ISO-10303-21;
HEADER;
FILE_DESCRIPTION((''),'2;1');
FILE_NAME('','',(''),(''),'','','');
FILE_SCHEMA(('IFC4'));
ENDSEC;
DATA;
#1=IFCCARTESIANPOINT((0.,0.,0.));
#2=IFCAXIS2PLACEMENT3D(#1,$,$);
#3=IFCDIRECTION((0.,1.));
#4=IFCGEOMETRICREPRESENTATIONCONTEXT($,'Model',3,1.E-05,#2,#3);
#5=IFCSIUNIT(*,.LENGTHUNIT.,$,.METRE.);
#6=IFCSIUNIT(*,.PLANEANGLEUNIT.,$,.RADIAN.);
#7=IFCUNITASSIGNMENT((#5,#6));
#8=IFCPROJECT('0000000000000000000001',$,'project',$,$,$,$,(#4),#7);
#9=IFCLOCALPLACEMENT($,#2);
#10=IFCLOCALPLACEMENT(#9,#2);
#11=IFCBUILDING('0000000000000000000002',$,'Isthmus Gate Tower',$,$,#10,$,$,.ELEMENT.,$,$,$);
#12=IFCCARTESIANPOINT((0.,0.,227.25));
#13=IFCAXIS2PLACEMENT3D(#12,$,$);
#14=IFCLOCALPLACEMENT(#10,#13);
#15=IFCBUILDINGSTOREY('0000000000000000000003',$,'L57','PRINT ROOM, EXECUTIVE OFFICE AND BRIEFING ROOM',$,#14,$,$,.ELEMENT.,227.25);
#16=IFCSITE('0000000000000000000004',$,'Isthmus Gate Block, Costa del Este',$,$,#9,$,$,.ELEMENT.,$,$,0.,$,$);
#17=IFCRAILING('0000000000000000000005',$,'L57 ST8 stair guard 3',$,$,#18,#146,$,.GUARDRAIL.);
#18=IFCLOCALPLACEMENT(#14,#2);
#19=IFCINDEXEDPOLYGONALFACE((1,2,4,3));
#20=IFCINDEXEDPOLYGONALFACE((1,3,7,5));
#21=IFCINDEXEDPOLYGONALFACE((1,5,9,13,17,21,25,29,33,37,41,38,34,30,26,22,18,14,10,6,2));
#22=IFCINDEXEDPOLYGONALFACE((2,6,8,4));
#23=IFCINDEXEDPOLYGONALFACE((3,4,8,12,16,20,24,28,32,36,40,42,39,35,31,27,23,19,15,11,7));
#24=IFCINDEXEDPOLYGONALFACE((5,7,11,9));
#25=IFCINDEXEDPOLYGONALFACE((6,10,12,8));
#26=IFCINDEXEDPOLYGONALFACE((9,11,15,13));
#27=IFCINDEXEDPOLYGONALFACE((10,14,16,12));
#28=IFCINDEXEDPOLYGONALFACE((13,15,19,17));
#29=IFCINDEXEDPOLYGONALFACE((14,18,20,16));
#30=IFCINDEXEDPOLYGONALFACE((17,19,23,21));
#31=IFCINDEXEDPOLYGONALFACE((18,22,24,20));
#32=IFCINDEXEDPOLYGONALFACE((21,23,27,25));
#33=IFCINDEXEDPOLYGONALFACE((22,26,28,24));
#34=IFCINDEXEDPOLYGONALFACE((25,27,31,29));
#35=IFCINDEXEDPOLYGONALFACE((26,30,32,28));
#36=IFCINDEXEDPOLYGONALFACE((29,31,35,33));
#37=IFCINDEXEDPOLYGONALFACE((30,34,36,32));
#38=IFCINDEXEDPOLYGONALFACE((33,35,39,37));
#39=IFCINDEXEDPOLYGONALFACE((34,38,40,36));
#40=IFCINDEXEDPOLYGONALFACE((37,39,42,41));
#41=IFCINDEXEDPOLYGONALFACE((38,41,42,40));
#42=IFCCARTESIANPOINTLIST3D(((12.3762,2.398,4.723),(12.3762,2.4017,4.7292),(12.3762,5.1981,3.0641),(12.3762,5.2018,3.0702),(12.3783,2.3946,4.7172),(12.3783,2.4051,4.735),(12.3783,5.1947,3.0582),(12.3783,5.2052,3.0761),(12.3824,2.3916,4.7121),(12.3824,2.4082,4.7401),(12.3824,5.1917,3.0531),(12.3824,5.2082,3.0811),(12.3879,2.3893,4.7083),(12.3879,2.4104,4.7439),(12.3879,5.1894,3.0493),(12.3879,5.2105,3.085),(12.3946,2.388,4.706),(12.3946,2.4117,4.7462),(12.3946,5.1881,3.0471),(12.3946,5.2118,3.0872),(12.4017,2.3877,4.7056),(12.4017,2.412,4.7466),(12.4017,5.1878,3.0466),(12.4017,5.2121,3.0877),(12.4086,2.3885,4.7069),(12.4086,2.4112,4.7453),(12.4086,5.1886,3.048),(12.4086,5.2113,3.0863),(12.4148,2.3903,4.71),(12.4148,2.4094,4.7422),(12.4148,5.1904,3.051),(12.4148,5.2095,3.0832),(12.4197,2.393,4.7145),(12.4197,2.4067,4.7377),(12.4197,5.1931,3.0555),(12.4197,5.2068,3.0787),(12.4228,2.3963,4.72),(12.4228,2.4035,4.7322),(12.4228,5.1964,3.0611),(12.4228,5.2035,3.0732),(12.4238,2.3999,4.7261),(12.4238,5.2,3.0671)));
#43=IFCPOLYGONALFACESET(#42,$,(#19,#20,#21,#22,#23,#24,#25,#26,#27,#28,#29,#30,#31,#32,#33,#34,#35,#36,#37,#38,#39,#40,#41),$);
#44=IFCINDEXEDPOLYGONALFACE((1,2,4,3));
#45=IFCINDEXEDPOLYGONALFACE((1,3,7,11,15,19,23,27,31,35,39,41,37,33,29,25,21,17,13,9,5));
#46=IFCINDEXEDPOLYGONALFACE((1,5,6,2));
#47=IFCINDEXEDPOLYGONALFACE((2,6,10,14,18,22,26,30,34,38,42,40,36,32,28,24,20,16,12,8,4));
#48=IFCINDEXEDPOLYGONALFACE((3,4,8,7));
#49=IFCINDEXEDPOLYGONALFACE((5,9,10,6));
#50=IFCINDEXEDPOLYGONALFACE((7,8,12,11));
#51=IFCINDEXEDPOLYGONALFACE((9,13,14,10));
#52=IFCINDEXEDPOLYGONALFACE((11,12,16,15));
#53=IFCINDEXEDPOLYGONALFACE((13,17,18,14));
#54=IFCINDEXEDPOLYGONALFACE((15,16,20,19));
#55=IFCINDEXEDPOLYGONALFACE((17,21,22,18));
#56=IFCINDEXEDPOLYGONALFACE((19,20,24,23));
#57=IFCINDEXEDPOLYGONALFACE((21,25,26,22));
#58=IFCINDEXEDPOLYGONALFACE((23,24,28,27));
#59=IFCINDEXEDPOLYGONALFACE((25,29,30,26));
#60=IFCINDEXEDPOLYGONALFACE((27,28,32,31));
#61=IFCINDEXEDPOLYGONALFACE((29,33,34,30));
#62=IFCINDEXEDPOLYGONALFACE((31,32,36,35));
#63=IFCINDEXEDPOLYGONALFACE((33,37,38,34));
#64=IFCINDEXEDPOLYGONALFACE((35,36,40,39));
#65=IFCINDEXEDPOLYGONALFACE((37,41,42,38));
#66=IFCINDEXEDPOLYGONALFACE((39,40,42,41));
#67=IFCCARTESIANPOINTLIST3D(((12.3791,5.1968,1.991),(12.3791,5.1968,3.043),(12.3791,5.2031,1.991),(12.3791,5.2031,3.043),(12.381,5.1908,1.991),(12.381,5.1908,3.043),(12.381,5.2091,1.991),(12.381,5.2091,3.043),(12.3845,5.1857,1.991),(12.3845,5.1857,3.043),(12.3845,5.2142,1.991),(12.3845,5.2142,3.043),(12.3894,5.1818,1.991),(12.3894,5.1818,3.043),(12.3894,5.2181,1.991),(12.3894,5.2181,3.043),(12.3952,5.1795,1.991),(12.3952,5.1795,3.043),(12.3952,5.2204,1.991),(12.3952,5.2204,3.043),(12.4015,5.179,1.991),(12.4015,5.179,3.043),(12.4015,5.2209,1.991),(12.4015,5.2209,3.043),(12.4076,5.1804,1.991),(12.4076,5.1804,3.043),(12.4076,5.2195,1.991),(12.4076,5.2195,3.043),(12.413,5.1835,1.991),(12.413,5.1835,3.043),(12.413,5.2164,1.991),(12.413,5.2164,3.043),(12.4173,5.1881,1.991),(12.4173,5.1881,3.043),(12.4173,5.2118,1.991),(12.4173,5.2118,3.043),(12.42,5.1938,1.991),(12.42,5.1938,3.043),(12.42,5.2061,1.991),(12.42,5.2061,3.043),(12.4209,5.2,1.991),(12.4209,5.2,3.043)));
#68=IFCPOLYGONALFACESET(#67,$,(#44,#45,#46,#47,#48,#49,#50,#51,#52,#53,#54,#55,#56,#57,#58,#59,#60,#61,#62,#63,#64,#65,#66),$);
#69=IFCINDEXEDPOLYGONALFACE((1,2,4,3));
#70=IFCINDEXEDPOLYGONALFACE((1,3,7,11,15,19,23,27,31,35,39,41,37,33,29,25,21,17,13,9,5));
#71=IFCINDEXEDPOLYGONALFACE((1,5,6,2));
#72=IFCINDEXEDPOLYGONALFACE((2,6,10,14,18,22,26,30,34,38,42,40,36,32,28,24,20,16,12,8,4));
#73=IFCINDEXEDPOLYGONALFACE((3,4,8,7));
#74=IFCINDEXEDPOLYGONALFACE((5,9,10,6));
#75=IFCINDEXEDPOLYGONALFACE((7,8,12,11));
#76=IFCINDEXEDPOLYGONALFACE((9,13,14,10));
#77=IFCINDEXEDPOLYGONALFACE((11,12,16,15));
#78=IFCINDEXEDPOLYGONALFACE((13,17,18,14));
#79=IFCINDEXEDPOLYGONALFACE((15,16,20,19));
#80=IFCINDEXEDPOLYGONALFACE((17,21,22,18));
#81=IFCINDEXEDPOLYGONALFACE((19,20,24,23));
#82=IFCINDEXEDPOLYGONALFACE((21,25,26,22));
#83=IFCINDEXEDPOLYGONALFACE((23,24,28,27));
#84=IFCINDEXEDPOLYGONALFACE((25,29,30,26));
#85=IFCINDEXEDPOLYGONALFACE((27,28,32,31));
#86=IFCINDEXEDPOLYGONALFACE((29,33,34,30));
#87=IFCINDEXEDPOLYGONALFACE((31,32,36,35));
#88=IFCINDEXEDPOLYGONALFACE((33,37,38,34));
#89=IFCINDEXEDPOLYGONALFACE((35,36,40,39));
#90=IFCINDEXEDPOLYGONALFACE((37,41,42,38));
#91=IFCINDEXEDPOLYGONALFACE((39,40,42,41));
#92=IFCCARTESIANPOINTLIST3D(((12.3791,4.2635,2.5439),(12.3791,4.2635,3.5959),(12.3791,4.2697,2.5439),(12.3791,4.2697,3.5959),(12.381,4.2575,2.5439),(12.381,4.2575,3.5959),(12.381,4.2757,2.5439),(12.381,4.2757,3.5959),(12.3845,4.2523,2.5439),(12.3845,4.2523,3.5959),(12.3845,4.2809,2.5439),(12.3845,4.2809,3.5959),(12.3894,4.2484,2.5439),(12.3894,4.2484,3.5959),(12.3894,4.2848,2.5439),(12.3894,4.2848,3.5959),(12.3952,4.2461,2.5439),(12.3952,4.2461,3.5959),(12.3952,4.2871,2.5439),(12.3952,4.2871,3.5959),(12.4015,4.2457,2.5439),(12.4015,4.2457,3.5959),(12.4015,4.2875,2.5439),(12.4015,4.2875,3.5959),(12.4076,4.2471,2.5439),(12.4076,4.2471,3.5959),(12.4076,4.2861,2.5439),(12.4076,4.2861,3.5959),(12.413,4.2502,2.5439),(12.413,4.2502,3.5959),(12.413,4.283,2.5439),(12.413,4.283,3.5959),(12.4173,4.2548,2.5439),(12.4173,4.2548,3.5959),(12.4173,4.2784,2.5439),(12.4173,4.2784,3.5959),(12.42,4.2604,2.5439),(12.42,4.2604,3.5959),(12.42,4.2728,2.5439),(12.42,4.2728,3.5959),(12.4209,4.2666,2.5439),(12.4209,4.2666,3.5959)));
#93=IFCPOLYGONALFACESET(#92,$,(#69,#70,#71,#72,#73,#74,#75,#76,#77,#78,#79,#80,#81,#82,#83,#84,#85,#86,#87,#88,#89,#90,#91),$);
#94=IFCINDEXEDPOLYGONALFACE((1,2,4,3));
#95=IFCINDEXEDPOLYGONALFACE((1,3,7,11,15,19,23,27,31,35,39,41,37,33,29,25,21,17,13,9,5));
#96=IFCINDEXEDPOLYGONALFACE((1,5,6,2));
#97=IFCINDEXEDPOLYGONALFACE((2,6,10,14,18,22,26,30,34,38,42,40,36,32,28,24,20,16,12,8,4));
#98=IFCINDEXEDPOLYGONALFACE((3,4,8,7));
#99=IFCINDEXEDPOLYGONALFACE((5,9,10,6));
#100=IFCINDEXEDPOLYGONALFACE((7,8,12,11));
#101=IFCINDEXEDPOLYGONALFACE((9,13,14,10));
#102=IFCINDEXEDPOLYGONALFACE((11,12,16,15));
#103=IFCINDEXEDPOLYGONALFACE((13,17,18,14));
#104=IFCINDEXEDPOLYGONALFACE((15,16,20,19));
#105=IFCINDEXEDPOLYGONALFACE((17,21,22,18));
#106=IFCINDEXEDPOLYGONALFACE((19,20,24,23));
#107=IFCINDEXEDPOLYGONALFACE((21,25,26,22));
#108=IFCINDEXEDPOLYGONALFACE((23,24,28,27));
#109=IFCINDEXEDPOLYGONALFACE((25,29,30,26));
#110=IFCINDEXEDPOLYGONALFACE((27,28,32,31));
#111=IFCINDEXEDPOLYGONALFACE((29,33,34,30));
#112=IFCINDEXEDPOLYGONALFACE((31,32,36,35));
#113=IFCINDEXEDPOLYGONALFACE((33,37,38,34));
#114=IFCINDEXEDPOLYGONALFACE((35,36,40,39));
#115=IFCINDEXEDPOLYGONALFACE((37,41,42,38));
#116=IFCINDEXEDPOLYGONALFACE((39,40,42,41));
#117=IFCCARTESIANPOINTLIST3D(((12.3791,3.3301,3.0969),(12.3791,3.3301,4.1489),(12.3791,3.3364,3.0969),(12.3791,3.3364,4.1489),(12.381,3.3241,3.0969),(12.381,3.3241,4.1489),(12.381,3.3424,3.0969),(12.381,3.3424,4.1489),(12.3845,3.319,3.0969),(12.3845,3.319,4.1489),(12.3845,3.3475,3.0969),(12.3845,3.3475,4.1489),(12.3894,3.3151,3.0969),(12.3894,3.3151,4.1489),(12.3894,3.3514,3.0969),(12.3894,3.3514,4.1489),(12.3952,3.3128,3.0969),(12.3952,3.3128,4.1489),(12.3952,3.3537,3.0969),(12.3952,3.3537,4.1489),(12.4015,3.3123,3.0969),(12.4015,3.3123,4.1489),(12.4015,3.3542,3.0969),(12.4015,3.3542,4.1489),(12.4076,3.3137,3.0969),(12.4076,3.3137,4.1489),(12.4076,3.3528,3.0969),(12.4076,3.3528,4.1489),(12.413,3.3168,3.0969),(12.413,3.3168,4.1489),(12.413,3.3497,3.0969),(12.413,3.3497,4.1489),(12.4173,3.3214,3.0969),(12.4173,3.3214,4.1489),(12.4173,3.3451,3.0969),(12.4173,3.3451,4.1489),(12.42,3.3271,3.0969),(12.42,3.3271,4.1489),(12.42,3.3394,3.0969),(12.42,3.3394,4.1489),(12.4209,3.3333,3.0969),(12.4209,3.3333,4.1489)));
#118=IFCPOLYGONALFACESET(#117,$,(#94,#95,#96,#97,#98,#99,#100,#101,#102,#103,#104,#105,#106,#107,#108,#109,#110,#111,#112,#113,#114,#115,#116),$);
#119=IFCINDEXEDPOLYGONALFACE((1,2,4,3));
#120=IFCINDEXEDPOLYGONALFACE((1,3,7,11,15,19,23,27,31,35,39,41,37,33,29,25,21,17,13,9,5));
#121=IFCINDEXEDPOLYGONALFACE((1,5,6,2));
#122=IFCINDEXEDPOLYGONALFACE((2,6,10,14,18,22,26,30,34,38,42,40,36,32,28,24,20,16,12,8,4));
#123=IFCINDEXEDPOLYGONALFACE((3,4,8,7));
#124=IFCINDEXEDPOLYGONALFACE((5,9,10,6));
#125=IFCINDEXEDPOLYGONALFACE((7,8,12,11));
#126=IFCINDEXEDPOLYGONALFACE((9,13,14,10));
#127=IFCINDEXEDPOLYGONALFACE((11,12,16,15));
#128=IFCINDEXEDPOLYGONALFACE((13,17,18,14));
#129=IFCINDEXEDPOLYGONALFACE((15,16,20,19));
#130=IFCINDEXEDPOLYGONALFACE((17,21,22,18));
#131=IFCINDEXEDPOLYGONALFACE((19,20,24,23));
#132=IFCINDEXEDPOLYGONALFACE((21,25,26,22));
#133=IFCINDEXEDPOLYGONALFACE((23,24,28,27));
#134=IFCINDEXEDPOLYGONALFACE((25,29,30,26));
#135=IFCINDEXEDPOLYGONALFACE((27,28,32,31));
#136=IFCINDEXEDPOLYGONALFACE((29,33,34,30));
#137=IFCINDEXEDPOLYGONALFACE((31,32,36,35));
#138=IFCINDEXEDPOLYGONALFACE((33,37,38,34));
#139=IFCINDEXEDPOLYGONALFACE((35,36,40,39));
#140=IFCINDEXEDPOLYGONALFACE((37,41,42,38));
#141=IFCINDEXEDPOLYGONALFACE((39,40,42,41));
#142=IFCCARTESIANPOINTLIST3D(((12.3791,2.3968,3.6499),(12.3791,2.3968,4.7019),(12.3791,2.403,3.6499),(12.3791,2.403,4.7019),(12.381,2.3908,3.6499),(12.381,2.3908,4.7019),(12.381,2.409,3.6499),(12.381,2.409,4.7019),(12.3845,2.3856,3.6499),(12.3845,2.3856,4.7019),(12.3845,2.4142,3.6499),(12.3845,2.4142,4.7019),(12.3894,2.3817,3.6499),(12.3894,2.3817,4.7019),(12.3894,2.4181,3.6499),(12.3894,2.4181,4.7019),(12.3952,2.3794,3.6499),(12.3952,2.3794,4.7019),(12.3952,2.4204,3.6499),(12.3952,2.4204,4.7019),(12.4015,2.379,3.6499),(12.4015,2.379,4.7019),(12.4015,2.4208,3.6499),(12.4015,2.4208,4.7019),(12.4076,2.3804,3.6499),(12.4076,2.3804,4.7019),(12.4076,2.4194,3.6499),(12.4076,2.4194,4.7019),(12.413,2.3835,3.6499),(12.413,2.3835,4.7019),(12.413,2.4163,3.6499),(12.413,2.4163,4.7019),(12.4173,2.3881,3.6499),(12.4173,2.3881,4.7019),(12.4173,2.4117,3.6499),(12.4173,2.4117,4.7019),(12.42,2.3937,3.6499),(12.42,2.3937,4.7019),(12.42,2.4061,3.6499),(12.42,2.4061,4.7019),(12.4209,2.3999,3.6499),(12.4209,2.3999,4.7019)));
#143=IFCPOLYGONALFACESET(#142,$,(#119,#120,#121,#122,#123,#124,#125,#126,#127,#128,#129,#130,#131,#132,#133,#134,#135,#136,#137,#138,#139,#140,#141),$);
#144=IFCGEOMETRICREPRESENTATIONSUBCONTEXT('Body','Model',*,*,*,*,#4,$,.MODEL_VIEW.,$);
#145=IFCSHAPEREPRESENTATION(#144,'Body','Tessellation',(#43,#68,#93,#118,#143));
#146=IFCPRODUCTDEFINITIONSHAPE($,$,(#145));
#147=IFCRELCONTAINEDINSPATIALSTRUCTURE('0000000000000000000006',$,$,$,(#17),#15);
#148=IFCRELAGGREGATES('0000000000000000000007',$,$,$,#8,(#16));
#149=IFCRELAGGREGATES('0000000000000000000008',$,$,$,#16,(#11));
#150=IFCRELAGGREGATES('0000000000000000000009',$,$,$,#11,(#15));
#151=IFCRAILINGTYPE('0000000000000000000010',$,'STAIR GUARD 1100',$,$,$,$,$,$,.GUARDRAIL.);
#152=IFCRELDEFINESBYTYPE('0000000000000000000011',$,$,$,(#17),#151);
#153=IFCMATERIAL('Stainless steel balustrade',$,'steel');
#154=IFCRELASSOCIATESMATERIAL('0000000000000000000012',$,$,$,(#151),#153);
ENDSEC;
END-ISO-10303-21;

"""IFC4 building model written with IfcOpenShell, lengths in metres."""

from ifc_helpers import new_model, si_unit, direction, frame, origin, origin_2d, place, context, subcontext, project, spatial, circle, extrude, material, type_object, element, save


model = new_model("IFC4")

# Units and contexts
model_context = context("Model", 3, precision=1e-05, world=origin(), true_north=direction((0.0, 1.0)))
body_context = subcontext(model_context, "Body", "Model", "MODEL_VIEW")
ifc_project = project(units=[si_unit("LENGTHUNIT", "METRE"), si_unit("PLANEANGLEUNIT", "RADIAN")], contexts=[model_context])

# Site, building, storey
site_placement = place(None, origin())
site = spatial("IfcSite", under=ifc_project, at=site_placement, Name="Isthmus Gate Block, Costa del Este", CompositionType="ELEMENT", RefElevation=0.0)
building_placement = place(site_placement, origin())
building = spatial("IfcBuilding", under=site, at=building_placement, Name="Isthmus Gate Tower", CompositionType="ELEMENT")
storey_placement = place(building_placement, frame((0.0, 0.0, 227.25)))
storey = spatial("IfcBuildingStorey", under=building, at=storey_placement, Name="L57", Description="PRINT ROOM, EXECUTIVE OFFICE AND BRIEFING ROOM", CompositionType="ELEMENT", Elevation=227.25)

# Railing
ifc_material_1 = material(Name="Stainless steel balustrade", Category="steel")
railing_type_1 = type_object("IfcRailingType", Name="STAIR GUARD 1100", PredefinedType="GUARDRAIL", material=ifc_material_1)
railing_1_placement = place(storey_placement, frame((12.3999, 5.2, 1.991)))
element("IfcRailing", 1, at=railing_1_placement, inside=storey, type_object=railing_type_1, Name="L57 ST8 stair guard 3", PredefinedType="GUARDRAIL", context=body_context, shape_type="SweptSolid", body=[
    extrude(circle(Radius=0.0239, at=origin_2d()), frame((0.0, 0.0, 1.0762), z_axis=(0.0, -0.860339, 0.509722), x_axis=(1.0, 0.0, 0.0)), (0.0, 0.0, 1.0), 3.2546),
    extrude(circle(Radius=0.021, at=origin_2d()), origin(), (0.0, 0.0, 1.0), 1.052),
    extrude(circle(Radius=0.021, at=origin_2d()), frame((0.0, -0.9333, 0.553)), (0.0, 0.0, 1.0), 1.052),
    extrude(circle(Radius=0.021, at=origin_2d()), frame((0.0, -1.8667, 1.106)), (0.0, 0.0, 1.0), 1.052),
    extrude(circle(Radius=0.021, at=origin_2d()), frame((0.0, -2.8, 1.6589)), (0.0, 0.0, 1.0), 1.052),
])

save(model, "model.ifc")
